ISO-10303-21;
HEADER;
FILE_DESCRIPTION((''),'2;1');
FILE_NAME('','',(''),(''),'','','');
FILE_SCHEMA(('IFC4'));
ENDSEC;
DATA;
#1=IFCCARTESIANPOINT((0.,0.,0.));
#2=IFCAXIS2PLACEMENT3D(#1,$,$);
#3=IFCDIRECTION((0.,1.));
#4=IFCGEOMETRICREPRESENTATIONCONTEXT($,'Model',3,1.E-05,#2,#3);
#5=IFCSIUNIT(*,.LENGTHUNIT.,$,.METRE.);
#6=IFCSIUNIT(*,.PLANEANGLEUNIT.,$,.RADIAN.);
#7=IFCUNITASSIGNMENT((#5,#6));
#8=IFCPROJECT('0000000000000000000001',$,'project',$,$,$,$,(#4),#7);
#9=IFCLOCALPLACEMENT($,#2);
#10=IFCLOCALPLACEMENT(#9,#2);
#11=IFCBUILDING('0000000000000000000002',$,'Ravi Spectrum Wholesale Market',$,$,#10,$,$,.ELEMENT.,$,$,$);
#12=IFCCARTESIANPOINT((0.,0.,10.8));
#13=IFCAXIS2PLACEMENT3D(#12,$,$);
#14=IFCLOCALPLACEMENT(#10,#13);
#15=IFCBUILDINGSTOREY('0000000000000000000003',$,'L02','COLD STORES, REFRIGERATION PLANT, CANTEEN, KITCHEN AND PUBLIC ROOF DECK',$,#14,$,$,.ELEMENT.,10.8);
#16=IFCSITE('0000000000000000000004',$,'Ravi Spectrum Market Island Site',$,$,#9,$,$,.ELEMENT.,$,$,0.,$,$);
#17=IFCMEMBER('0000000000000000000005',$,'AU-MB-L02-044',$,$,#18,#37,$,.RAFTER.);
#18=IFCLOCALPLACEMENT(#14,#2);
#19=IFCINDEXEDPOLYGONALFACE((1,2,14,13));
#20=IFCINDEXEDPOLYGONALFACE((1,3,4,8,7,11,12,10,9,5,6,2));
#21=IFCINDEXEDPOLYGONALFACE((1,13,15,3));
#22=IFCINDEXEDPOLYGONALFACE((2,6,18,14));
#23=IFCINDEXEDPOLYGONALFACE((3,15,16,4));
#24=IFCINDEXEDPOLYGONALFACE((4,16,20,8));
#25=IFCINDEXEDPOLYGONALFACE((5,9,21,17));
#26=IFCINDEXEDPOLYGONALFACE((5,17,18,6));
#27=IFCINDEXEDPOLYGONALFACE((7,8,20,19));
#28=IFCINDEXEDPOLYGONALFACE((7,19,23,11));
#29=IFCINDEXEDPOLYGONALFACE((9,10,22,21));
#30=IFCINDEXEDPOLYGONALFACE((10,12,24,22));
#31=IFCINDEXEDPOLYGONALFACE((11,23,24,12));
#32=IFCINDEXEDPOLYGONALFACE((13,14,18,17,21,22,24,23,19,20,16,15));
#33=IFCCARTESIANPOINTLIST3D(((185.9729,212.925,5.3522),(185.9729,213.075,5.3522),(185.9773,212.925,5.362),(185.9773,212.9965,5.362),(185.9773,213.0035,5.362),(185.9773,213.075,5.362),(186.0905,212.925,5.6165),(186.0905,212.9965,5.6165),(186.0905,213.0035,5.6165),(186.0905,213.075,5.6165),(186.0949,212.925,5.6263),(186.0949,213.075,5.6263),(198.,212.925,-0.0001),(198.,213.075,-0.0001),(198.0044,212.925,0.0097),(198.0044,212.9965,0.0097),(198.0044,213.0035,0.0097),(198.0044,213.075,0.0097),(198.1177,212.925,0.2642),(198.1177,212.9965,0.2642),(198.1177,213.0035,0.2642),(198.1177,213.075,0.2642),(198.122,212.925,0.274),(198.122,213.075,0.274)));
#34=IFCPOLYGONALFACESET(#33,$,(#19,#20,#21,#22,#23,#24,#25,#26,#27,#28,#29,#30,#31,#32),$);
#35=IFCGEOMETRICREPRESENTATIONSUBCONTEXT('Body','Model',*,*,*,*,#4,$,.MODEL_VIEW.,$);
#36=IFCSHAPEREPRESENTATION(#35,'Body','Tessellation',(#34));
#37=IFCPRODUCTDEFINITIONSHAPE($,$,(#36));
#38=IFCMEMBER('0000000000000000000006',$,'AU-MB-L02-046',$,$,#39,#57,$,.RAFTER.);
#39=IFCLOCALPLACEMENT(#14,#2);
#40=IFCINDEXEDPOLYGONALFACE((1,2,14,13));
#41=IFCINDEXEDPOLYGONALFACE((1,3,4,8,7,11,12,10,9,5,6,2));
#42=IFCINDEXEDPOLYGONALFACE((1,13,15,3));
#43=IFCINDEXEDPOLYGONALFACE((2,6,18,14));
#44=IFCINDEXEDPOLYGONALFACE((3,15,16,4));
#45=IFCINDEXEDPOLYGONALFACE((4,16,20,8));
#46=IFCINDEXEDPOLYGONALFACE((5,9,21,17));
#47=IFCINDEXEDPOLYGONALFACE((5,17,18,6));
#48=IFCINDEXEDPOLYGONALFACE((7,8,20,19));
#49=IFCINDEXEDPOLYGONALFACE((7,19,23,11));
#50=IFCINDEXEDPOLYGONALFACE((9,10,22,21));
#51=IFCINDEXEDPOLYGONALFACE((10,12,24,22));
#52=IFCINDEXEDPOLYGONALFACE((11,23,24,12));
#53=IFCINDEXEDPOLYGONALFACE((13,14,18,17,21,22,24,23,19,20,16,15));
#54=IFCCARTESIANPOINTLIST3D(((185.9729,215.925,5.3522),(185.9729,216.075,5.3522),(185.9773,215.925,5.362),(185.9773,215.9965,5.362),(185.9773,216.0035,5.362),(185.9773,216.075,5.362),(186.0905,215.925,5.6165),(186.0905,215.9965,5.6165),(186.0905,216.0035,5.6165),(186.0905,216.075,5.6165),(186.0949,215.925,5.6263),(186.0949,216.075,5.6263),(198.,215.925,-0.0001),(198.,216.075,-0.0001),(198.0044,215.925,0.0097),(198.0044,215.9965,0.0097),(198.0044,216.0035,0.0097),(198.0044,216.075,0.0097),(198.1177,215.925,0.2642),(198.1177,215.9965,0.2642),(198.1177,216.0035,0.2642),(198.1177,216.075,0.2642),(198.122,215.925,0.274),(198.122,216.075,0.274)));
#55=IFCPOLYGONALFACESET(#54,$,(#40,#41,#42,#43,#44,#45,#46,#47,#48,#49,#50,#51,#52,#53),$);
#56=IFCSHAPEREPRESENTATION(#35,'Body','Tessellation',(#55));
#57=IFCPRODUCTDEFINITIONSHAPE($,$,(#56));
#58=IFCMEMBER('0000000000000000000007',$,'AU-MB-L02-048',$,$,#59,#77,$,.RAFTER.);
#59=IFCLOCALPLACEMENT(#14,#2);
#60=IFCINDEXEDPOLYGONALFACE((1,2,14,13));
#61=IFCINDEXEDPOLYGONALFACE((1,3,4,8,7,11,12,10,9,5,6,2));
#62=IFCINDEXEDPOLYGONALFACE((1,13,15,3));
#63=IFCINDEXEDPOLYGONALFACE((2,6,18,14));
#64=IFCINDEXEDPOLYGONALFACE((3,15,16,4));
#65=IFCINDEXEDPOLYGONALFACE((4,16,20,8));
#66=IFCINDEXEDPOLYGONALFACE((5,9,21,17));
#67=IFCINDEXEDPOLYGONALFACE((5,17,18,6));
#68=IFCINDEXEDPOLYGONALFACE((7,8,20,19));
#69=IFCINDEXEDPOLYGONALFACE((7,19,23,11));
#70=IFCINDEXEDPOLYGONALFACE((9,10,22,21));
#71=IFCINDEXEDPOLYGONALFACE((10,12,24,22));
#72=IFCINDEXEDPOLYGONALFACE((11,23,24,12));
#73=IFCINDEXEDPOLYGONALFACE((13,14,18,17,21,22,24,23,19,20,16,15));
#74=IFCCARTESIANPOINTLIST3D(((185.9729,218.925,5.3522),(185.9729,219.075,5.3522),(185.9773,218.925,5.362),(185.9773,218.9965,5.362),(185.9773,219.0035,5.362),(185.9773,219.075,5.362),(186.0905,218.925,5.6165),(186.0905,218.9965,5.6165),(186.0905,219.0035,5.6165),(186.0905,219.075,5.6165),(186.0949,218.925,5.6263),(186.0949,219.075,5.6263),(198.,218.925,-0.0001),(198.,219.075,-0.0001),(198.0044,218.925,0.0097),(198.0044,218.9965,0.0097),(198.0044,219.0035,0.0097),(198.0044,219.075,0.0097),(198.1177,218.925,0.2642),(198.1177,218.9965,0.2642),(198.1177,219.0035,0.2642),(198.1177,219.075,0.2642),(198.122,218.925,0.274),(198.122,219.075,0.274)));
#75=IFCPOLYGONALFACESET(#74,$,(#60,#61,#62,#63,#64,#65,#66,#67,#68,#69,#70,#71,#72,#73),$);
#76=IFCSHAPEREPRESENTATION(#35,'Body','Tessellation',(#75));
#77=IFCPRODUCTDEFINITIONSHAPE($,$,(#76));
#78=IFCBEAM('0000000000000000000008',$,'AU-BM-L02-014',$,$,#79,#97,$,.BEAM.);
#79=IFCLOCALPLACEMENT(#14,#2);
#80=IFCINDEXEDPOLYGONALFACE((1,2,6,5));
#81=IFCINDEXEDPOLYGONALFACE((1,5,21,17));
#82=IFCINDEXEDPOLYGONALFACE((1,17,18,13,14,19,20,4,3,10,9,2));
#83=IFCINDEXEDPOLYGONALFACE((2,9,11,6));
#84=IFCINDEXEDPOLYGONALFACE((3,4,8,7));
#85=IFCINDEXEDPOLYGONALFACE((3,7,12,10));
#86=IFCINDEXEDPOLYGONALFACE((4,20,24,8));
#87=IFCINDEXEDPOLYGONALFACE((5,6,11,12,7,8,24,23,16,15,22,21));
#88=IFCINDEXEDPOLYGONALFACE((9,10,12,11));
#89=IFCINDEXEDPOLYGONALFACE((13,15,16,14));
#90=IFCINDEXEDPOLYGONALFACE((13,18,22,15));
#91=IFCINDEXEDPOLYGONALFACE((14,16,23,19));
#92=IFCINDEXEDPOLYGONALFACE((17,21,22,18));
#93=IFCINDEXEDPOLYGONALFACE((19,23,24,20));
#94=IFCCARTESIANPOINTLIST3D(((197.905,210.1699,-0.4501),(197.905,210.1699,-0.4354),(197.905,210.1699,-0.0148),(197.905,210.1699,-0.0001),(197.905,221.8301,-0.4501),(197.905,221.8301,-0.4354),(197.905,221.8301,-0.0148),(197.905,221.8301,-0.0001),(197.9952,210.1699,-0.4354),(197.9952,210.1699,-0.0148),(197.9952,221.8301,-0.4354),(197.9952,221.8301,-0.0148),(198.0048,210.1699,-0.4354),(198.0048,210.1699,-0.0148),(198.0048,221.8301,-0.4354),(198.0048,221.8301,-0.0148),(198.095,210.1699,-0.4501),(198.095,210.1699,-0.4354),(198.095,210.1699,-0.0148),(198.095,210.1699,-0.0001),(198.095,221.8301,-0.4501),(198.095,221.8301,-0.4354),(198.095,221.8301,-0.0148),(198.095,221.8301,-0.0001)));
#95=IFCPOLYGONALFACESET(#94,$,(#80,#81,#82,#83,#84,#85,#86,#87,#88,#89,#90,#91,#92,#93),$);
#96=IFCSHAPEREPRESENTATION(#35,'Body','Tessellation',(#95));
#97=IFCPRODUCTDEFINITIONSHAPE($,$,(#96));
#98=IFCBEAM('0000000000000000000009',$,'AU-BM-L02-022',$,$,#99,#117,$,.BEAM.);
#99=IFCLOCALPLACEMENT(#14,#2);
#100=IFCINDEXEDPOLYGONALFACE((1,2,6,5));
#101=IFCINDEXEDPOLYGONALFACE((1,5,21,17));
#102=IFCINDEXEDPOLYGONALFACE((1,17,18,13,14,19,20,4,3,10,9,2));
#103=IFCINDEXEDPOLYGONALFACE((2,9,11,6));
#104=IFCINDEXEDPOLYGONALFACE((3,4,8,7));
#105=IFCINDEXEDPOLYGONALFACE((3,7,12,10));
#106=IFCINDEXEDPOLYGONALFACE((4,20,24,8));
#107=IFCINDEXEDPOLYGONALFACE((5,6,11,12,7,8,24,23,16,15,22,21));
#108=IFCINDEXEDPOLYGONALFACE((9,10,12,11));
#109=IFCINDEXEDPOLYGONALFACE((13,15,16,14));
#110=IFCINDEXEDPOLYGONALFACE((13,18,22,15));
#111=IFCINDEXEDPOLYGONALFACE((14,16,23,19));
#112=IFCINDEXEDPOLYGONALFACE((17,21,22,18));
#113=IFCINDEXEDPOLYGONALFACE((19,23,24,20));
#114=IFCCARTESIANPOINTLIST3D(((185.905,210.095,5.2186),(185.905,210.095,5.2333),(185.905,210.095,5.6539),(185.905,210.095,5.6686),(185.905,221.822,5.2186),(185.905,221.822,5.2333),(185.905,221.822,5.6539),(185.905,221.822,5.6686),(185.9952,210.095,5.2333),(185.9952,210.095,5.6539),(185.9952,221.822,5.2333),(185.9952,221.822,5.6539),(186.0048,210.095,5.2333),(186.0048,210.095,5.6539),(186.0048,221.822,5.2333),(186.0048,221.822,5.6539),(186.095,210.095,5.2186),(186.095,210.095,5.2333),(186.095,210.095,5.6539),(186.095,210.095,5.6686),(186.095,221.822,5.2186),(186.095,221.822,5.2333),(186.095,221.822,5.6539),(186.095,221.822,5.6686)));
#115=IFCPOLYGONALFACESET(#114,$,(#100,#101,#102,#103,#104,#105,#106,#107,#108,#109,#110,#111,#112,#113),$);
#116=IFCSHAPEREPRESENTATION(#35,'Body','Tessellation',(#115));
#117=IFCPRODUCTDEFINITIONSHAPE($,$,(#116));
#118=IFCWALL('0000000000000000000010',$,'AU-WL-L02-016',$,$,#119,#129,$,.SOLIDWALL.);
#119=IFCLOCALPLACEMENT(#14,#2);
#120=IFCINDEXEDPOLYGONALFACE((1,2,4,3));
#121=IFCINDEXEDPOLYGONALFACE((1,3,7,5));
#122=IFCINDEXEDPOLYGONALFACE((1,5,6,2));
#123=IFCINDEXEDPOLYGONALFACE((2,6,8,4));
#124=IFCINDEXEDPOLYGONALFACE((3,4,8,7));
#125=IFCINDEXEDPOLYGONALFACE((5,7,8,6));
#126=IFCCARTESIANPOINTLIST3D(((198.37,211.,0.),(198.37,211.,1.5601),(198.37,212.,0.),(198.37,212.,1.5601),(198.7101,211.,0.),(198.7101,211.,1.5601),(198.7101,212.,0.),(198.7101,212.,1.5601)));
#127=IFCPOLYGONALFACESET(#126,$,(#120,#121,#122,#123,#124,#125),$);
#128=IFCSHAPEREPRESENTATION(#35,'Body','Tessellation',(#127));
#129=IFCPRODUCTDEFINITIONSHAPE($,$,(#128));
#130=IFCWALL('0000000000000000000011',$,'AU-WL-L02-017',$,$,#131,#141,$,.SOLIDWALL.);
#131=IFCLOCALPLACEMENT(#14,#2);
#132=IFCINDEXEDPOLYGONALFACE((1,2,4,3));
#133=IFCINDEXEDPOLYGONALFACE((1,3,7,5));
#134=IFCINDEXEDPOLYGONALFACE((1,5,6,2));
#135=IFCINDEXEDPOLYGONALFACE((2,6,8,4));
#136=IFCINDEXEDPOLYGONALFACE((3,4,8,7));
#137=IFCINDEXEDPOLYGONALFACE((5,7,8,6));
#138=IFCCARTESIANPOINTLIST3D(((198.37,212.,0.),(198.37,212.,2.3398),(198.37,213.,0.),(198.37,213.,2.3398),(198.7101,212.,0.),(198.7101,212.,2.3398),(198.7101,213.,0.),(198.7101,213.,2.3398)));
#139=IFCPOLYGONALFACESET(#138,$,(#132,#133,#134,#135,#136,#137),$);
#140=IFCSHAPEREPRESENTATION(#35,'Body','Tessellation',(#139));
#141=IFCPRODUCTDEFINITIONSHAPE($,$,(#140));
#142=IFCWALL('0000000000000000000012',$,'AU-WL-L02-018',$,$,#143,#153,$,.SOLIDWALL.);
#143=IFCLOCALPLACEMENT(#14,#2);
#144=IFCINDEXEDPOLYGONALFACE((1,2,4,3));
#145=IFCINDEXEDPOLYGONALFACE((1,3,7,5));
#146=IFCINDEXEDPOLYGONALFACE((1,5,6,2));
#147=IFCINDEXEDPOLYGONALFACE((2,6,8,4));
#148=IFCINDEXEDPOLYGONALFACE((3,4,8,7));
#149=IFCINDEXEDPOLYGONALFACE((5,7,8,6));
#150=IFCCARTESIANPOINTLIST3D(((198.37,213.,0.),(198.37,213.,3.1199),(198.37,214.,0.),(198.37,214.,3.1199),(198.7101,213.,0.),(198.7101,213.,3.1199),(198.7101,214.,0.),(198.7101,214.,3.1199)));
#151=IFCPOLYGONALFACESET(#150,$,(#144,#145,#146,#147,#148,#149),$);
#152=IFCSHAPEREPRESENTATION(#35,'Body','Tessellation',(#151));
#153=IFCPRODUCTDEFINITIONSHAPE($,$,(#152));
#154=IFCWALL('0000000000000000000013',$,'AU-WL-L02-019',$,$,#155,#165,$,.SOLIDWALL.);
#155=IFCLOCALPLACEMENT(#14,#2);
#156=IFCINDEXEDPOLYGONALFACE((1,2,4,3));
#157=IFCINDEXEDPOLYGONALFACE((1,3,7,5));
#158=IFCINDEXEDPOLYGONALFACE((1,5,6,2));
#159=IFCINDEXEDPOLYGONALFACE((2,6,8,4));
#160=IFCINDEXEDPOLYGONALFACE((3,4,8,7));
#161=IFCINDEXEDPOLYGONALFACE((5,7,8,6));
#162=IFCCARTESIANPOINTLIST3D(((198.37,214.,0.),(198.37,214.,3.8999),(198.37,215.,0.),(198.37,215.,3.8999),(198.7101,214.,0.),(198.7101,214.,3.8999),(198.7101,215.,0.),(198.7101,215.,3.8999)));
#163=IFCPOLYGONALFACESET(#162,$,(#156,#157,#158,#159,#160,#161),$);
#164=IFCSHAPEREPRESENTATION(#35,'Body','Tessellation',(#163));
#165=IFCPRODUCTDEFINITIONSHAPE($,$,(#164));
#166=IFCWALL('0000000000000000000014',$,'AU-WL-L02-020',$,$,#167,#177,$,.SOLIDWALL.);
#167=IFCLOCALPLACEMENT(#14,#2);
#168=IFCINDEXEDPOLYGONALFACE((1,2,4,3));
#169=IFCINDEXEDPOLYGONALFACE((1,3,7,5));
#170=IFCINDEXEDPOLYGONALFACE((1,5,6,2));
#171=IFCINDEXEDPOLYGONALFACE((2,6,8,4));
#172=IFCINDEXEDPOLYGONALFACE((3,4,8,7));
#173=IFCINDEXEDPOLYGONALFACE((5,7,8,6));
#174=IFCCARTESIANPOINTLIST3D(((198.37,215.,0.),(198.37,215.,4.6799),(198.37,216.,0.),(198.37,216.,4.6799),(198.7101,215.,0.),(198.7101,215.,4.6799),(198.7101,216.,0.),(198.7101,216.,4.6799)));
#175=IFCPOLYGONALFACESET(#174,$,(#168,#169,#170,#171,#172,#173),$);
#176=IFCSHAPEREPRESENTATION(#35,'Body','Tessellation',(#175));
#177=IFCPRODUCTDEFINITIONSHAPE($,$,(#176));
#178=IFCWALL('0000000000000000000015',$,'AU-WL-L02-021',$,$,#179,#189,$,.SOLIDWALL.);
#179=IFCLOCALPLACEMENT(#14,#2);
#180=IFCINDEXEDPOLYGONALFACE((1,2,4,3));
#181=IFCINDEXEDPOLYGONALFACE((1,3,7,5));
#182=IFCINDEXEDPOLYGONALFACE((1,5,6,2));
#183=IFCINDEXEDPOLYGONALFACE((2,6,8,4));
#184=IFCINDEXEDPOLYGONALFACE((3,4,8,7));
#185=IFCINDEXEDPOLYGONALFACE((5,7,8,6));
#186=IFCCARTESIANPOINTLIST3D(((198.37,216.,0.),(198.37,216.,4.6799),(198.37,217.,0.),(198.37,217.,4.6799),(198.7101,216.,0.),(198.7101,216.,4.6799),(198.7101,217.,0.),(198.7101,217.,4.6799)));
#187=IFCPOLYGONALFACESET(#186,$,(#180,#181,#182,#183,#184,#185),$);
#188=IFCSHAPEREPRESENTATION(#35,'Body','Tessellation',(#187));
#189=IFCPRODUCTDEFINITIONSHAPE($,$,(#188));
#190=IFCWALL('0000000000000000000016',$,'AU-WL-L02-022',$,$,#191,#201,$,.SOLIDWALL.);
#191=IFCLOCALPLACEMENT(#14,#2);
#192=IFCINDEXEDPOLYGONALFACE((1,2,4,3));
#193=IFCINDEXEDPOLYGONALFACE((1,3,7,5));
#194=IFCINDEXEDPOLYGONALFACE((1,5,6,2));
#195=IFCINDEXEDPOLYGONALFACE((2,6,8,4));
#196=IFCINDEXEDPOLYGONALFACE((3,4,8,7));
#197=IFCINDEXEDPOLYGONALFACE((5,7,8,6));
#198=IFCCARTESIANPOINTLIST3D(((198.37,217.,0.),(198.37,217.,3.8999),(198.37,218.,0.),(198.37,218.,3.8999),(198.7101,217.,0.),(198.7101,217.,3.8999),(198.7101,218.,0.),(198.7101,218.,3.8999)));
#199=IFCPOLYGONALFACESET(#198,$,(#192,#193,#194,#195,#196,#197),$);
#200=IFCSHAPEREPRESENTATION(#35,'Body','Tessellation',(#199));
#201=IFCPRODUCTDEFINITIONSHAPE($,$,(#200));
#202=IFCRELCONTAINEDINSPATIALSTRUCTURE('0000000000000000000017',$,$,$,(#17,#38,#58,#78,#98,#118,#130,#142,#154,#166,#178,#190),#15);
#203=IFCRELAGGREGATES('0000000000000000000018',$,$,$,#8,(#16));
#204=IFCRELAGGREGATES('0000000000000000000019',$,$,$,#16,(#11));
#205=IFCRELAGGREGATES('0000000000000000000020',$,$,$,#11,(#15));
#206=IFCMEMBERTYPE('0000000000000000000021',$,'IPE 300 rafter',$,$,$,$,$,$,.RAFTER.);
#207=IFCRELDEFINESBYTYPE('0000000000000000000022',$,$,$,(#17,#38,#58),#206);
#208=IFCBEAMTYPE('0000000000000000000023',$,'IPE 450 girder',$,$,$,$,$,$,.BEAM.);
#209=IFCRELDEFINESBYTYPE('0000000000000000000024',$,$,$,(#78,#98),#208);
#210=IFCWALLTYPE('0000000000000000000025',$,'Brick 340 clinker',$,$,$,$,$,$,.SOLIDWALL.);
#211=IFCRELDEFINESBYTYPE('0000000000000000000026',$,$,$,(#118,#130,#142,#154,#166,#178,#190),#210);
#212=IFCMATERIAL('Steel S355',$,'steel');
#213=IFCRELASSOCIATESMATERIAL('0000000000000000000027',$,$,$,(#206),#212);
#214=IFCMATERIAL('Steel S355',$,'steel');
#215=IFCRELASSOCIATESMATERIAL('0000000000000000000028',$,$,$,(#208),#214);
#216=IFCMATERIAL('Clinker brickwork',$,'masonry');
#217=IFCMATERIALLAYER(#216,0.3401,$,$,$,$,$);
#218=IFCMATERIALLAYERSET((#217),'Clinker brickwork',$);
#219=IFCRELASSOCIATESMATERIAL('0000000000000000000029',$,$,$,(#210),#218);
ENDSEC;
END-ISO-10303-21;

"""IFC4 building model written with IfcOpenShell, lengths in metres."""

from ifc_helpers import new_model, si_unit, direction, frame, frame_2d, origin, origin_2d, place, context, subcontext, project, spatial, rectangle, i_section, extrude, material, layer, layer_set, material_profile, profile_set, type_object, element, save


model = new_model("IFC4")

# Units and contexts
model_context = context("Model", 3, precision=1e-05, world=origin(), true_north=direction((0.0, 1.0)))
body_context = subcontext(model_context, "Body", "Model", "MODEL_VIEW")
ifc_project = project(units=[si_unit("LENGTHUNIT", "METRE"), si_unit("PLANEANGLEUNIT", "RADIAN")], contexts=[model_context])

# Site, building, storey
site_placement = place(None, origin())
site = spatial("IfcSite", under=ifc_project, at=site_placement, Name="Ravi Spectrum Market Island Site", CompositionType="ELEMENT", RefElevation=0.0)
building_placement = place(site_placement, origin())
building = spatial("IfcBuilding", under=site, at=building_placement, Name="Ravi Spectrum Wholesale Market", CompositionType="ELEMENT")
storey_placement = place(building_placement, frame((0.0, 0.0, 10.8)))
storey = spatial("IfcBuildingStorey", under=building, at=storey_placement, Name="L02", Description="COLD STORES, REFRIGERATION PLANT, CANTEEN, KITCHEN AND PUBLIC ROOF DECK", CompositionType="ELEMENT", Elevation=10.8)

# Members
ifc_material_1 = material(Name="Steel S355", Category="steel")
ifc_material_profile_1 = material_profile(ifc_material_1, i_section(OverallWidth=0.1499, OverallDepth=0.3, WebThickness=0.0071, FlangeThickness=0.0107, at=origin_2d()))
ifc_profile_set_1 = profile_set([ifc_material_profile_1], Name="Steel S355")
member_type_1 = type_object("IfcMemberType", Name="IPE 300 rafter", PredefinedType="RAFTER", material=ifc_profile_set_1)
for number, where, z_axis, x_axis, name in (
    (1, (198.061, 213.0, 0.137), (-0.913616, 0.0, 0.406577), (0.0, -1.0, 0.0), "AU-MB-L02-044"),
    (2, (198.061, 216.0, 0.137), (-0.913616, 0.0, 0.406577), (0.0, -1.0, 0.0), "AU-MB-L02-046"),
    (3, (198.061, 219.0, 0.137), (-0.913616, 0.0, 0.406577), (0.0, -1.0, 0.0), "AU-MB-L02-048"),
):
    element("IfcMember", number, at=place(storey_placement, frame(where, z_axis=z_axis, x_axis=x_axis)), inside=storey, type_object=member_type_1, Name=name, PredefinedType="RAFTER", context=body_context, shape_type="SweptSolid", body=[
        extrude(i_section(OverallWidth=0.1499, OverallDepth=0.3, WebThickness=0.0071, FlangeThickness=0.0107, at=origin_2d()), origin(), (0.0, 0.0, 1.0), 13.1643),
    ])

# Beams
ifc_material_2 = material(Name="Steel S355", Category="steel")
ifc_material_profile_2 = material_profile(ifc_material_2, i_section(OverallWidth=0.1899, OverallDepth=0.45, WebThickness=0.0095, FlangeThickness=0.0146, at=origin_2d()))
ifc_profile_set_2 = profile_set([ifc_material_profile_2], Name="Steel S355")
beam_type = type_object("IfcBeamType", Name="IPE 450 girder", PredefinedType="BEAM", material=ifc_profile_set_2)
beam_1_placement = place(storey_placement, frame((198.0, 210.1699, -0.2251), z_axis=(0.0, 1.0, 0.0), x_axis=(-1.0, 0.0, 0.0)))
element("IfcBeam", 4, at=beam_1_placement, inside=storey, type_object=beam_type, Name="AU-BM-L02-014", PredefinedType="BEAM", context=body_context, shape_type="SweptSolid", body=[
    extrude(i_section(OverallWidth=0.1899, OverallDepth=0.45, WebThickness=0.0095, FlangeThickness=0.0146, at=origin_2d()), origin(), (0.0, 0.0, 1.0), 11.6602),
])
beam_2_placement = place(storey_placement, frame((186.0, 210.095, 5.4436), z_axis=(0.0, 1.0, 0.0), x_axis=(-1.0, 0.0, 0.0)))
element("IfcBeam", 5, at=beam_2_placement, inside=storey, type_object=beam_type, Name="AU-BM-L02-022", PredefinedType="BEAM", context=body_context, shape_type="SweptSolid", body=[
    extrude(i_section(OverallWidth=0.1899, OverallDepth=0.45, WebThickness=0.0095, FlangeThickness=0.0146, at=origin_2d()), origin(), (0.0, 0.0, 1.0), 11.7271),
])

# Walls
ifc_material_3 = material(Name="Clinker brickwork", Category="masonry")
ifc_layer = layer(ifc_material_3, 0.3401)
ifc_layer_set = layer_set([ifc_layer], Name="Clinker brickwork")
wall_type = type_object("IfcWallType", Name="Brick 340 clinker", PredefinedType="SOLIDWALL", material=ifc_layer_set)
wall_1_placement = place(storey_placement, frame((198.54, 211.0, 0.0), z_axis=(0.0, 0.0, 1.0), x_axis=(0.0, 1.0, 0.0)))
element("IfcWall", 6, at=wall_1_placement, inside=storey, type_object=wall_type, Name="AU-WL-L02-016", PredefinedType="SOLIDWALL", context=body_context, shape_type="SweptSolid", body=[
    extrude(rectangle(XDim=1.0, YDim=0.3401, at=frame_2d((0.5, 0.0))), origin(), (0.0, 0.0, 1.0), 1.5601),
])
wall_2_placement = place(storey_placement, frame((198.54, 212.0, 0.0), z_axis=(0.0, 0.0, 1.0), x_axis=(0.0, 1.0, 0.0)))
element("IfcWall", 7, at=wall_2_placement, inside=storey, type_object=wall_type, Name="AU-WL-L02-017", PredefinedType="SOLIDWALL", context=body_context, shape_type="SweptSolid", body=[
    extrude(rectangle(XDim=1.0, YDim=0.3401, at=frame_2d((0.5, 0.0))), origin(), (0.0, 0.0, 1.0), 2.3398),
])
wall_3_placement = place(storey_placement, frame((198.54, 213.0, 0.0), z_axis=(0.0, 0.0, 1.0), x_axis=(0.0, 1.0, 0.0)))
element("IfcWall", 8, at=wall_3_placement, inside=storey, type_object=wall_type, Name="AU-WL-L02-018", PredefinedType="SOLIDWALL", context=body_context, shape_type="SweptSolid", body=[
    extrude(rectangle(XDim=1.0, YDim=0.3401, at=frame_2d((0.5, 0.0))), origin(), (0.0, 0.0, 1.0), 3.1199),
])
wall_4_placement = place(storey_placement, frame((198.54, 214.0, 0.0), z_axis=(0.0, 0.0, 1.0), x_axis=(0.0, 1.0, 0.0)))
element("IfcWall", 9, at=wall_4_placement, inside=storey, type_object=wall_type, Name="AU-WL-L02-019", PredefinedType="SOLIDWALL", context=body_context, shape_type="SweptSolid", body=[
    extrude(rectangle(XDim=1.0, YDim=0.3401, at=frame_2d((0.5, 0.0))), origin(), (0.0, 0.0, 1.0), 3.8999),
])
for number, where, z_axis, x_axis, name in (
    (10, (198.54, 215.0, 0.0), (0.0, 0.0, 1.0), (0.0, 1.0, 0.0), "AU-WL-L02-020"),
    (11, (198.54, 216.0, 0.0), (0.0, 0.0, 1.0), (0.0, 1.0, 0.0), "AU-WL-L02-021"),
):
    element("IfcWall", number, at=place(storey_placement, frame(where, z_axis=z_axis, x_axis=x_axis)), inside=storey, type_object=wall_type, Name=name, PredefinedType="SOLIDWALL", context=body_context, shape_type="SweptSolid", body=[
        extrude(rectangle(XDim=1.0, YDim=0.3401, at=frame_2d((0.5, 0.0))), origin(), (0.0, 0.0, 1.0), 4.6799),
    ])
wall_5_placement = place(storey_placement, frame((198.54, 217.0, 0.0), z_axis=(0.0, 0.0, 1.0), x_axis=(0.0, 1.0, 0.0)))
element("IfcWall", 12, at=wall_5_placement, inside=storey, type_object=wall_type, Name="AU-WL-L02-022", PredefinedType="SOLIDWALL", context=body_context, shape_type="SweptSolid", body=[
    extrude(rectangle(XDim=1.0, YDim=0.3401, at=frame_2d((0.5, 0.0))), origin(), (0.0, 0.0, 1.0), 3.8999),
])

save(model, "model.ifc")
